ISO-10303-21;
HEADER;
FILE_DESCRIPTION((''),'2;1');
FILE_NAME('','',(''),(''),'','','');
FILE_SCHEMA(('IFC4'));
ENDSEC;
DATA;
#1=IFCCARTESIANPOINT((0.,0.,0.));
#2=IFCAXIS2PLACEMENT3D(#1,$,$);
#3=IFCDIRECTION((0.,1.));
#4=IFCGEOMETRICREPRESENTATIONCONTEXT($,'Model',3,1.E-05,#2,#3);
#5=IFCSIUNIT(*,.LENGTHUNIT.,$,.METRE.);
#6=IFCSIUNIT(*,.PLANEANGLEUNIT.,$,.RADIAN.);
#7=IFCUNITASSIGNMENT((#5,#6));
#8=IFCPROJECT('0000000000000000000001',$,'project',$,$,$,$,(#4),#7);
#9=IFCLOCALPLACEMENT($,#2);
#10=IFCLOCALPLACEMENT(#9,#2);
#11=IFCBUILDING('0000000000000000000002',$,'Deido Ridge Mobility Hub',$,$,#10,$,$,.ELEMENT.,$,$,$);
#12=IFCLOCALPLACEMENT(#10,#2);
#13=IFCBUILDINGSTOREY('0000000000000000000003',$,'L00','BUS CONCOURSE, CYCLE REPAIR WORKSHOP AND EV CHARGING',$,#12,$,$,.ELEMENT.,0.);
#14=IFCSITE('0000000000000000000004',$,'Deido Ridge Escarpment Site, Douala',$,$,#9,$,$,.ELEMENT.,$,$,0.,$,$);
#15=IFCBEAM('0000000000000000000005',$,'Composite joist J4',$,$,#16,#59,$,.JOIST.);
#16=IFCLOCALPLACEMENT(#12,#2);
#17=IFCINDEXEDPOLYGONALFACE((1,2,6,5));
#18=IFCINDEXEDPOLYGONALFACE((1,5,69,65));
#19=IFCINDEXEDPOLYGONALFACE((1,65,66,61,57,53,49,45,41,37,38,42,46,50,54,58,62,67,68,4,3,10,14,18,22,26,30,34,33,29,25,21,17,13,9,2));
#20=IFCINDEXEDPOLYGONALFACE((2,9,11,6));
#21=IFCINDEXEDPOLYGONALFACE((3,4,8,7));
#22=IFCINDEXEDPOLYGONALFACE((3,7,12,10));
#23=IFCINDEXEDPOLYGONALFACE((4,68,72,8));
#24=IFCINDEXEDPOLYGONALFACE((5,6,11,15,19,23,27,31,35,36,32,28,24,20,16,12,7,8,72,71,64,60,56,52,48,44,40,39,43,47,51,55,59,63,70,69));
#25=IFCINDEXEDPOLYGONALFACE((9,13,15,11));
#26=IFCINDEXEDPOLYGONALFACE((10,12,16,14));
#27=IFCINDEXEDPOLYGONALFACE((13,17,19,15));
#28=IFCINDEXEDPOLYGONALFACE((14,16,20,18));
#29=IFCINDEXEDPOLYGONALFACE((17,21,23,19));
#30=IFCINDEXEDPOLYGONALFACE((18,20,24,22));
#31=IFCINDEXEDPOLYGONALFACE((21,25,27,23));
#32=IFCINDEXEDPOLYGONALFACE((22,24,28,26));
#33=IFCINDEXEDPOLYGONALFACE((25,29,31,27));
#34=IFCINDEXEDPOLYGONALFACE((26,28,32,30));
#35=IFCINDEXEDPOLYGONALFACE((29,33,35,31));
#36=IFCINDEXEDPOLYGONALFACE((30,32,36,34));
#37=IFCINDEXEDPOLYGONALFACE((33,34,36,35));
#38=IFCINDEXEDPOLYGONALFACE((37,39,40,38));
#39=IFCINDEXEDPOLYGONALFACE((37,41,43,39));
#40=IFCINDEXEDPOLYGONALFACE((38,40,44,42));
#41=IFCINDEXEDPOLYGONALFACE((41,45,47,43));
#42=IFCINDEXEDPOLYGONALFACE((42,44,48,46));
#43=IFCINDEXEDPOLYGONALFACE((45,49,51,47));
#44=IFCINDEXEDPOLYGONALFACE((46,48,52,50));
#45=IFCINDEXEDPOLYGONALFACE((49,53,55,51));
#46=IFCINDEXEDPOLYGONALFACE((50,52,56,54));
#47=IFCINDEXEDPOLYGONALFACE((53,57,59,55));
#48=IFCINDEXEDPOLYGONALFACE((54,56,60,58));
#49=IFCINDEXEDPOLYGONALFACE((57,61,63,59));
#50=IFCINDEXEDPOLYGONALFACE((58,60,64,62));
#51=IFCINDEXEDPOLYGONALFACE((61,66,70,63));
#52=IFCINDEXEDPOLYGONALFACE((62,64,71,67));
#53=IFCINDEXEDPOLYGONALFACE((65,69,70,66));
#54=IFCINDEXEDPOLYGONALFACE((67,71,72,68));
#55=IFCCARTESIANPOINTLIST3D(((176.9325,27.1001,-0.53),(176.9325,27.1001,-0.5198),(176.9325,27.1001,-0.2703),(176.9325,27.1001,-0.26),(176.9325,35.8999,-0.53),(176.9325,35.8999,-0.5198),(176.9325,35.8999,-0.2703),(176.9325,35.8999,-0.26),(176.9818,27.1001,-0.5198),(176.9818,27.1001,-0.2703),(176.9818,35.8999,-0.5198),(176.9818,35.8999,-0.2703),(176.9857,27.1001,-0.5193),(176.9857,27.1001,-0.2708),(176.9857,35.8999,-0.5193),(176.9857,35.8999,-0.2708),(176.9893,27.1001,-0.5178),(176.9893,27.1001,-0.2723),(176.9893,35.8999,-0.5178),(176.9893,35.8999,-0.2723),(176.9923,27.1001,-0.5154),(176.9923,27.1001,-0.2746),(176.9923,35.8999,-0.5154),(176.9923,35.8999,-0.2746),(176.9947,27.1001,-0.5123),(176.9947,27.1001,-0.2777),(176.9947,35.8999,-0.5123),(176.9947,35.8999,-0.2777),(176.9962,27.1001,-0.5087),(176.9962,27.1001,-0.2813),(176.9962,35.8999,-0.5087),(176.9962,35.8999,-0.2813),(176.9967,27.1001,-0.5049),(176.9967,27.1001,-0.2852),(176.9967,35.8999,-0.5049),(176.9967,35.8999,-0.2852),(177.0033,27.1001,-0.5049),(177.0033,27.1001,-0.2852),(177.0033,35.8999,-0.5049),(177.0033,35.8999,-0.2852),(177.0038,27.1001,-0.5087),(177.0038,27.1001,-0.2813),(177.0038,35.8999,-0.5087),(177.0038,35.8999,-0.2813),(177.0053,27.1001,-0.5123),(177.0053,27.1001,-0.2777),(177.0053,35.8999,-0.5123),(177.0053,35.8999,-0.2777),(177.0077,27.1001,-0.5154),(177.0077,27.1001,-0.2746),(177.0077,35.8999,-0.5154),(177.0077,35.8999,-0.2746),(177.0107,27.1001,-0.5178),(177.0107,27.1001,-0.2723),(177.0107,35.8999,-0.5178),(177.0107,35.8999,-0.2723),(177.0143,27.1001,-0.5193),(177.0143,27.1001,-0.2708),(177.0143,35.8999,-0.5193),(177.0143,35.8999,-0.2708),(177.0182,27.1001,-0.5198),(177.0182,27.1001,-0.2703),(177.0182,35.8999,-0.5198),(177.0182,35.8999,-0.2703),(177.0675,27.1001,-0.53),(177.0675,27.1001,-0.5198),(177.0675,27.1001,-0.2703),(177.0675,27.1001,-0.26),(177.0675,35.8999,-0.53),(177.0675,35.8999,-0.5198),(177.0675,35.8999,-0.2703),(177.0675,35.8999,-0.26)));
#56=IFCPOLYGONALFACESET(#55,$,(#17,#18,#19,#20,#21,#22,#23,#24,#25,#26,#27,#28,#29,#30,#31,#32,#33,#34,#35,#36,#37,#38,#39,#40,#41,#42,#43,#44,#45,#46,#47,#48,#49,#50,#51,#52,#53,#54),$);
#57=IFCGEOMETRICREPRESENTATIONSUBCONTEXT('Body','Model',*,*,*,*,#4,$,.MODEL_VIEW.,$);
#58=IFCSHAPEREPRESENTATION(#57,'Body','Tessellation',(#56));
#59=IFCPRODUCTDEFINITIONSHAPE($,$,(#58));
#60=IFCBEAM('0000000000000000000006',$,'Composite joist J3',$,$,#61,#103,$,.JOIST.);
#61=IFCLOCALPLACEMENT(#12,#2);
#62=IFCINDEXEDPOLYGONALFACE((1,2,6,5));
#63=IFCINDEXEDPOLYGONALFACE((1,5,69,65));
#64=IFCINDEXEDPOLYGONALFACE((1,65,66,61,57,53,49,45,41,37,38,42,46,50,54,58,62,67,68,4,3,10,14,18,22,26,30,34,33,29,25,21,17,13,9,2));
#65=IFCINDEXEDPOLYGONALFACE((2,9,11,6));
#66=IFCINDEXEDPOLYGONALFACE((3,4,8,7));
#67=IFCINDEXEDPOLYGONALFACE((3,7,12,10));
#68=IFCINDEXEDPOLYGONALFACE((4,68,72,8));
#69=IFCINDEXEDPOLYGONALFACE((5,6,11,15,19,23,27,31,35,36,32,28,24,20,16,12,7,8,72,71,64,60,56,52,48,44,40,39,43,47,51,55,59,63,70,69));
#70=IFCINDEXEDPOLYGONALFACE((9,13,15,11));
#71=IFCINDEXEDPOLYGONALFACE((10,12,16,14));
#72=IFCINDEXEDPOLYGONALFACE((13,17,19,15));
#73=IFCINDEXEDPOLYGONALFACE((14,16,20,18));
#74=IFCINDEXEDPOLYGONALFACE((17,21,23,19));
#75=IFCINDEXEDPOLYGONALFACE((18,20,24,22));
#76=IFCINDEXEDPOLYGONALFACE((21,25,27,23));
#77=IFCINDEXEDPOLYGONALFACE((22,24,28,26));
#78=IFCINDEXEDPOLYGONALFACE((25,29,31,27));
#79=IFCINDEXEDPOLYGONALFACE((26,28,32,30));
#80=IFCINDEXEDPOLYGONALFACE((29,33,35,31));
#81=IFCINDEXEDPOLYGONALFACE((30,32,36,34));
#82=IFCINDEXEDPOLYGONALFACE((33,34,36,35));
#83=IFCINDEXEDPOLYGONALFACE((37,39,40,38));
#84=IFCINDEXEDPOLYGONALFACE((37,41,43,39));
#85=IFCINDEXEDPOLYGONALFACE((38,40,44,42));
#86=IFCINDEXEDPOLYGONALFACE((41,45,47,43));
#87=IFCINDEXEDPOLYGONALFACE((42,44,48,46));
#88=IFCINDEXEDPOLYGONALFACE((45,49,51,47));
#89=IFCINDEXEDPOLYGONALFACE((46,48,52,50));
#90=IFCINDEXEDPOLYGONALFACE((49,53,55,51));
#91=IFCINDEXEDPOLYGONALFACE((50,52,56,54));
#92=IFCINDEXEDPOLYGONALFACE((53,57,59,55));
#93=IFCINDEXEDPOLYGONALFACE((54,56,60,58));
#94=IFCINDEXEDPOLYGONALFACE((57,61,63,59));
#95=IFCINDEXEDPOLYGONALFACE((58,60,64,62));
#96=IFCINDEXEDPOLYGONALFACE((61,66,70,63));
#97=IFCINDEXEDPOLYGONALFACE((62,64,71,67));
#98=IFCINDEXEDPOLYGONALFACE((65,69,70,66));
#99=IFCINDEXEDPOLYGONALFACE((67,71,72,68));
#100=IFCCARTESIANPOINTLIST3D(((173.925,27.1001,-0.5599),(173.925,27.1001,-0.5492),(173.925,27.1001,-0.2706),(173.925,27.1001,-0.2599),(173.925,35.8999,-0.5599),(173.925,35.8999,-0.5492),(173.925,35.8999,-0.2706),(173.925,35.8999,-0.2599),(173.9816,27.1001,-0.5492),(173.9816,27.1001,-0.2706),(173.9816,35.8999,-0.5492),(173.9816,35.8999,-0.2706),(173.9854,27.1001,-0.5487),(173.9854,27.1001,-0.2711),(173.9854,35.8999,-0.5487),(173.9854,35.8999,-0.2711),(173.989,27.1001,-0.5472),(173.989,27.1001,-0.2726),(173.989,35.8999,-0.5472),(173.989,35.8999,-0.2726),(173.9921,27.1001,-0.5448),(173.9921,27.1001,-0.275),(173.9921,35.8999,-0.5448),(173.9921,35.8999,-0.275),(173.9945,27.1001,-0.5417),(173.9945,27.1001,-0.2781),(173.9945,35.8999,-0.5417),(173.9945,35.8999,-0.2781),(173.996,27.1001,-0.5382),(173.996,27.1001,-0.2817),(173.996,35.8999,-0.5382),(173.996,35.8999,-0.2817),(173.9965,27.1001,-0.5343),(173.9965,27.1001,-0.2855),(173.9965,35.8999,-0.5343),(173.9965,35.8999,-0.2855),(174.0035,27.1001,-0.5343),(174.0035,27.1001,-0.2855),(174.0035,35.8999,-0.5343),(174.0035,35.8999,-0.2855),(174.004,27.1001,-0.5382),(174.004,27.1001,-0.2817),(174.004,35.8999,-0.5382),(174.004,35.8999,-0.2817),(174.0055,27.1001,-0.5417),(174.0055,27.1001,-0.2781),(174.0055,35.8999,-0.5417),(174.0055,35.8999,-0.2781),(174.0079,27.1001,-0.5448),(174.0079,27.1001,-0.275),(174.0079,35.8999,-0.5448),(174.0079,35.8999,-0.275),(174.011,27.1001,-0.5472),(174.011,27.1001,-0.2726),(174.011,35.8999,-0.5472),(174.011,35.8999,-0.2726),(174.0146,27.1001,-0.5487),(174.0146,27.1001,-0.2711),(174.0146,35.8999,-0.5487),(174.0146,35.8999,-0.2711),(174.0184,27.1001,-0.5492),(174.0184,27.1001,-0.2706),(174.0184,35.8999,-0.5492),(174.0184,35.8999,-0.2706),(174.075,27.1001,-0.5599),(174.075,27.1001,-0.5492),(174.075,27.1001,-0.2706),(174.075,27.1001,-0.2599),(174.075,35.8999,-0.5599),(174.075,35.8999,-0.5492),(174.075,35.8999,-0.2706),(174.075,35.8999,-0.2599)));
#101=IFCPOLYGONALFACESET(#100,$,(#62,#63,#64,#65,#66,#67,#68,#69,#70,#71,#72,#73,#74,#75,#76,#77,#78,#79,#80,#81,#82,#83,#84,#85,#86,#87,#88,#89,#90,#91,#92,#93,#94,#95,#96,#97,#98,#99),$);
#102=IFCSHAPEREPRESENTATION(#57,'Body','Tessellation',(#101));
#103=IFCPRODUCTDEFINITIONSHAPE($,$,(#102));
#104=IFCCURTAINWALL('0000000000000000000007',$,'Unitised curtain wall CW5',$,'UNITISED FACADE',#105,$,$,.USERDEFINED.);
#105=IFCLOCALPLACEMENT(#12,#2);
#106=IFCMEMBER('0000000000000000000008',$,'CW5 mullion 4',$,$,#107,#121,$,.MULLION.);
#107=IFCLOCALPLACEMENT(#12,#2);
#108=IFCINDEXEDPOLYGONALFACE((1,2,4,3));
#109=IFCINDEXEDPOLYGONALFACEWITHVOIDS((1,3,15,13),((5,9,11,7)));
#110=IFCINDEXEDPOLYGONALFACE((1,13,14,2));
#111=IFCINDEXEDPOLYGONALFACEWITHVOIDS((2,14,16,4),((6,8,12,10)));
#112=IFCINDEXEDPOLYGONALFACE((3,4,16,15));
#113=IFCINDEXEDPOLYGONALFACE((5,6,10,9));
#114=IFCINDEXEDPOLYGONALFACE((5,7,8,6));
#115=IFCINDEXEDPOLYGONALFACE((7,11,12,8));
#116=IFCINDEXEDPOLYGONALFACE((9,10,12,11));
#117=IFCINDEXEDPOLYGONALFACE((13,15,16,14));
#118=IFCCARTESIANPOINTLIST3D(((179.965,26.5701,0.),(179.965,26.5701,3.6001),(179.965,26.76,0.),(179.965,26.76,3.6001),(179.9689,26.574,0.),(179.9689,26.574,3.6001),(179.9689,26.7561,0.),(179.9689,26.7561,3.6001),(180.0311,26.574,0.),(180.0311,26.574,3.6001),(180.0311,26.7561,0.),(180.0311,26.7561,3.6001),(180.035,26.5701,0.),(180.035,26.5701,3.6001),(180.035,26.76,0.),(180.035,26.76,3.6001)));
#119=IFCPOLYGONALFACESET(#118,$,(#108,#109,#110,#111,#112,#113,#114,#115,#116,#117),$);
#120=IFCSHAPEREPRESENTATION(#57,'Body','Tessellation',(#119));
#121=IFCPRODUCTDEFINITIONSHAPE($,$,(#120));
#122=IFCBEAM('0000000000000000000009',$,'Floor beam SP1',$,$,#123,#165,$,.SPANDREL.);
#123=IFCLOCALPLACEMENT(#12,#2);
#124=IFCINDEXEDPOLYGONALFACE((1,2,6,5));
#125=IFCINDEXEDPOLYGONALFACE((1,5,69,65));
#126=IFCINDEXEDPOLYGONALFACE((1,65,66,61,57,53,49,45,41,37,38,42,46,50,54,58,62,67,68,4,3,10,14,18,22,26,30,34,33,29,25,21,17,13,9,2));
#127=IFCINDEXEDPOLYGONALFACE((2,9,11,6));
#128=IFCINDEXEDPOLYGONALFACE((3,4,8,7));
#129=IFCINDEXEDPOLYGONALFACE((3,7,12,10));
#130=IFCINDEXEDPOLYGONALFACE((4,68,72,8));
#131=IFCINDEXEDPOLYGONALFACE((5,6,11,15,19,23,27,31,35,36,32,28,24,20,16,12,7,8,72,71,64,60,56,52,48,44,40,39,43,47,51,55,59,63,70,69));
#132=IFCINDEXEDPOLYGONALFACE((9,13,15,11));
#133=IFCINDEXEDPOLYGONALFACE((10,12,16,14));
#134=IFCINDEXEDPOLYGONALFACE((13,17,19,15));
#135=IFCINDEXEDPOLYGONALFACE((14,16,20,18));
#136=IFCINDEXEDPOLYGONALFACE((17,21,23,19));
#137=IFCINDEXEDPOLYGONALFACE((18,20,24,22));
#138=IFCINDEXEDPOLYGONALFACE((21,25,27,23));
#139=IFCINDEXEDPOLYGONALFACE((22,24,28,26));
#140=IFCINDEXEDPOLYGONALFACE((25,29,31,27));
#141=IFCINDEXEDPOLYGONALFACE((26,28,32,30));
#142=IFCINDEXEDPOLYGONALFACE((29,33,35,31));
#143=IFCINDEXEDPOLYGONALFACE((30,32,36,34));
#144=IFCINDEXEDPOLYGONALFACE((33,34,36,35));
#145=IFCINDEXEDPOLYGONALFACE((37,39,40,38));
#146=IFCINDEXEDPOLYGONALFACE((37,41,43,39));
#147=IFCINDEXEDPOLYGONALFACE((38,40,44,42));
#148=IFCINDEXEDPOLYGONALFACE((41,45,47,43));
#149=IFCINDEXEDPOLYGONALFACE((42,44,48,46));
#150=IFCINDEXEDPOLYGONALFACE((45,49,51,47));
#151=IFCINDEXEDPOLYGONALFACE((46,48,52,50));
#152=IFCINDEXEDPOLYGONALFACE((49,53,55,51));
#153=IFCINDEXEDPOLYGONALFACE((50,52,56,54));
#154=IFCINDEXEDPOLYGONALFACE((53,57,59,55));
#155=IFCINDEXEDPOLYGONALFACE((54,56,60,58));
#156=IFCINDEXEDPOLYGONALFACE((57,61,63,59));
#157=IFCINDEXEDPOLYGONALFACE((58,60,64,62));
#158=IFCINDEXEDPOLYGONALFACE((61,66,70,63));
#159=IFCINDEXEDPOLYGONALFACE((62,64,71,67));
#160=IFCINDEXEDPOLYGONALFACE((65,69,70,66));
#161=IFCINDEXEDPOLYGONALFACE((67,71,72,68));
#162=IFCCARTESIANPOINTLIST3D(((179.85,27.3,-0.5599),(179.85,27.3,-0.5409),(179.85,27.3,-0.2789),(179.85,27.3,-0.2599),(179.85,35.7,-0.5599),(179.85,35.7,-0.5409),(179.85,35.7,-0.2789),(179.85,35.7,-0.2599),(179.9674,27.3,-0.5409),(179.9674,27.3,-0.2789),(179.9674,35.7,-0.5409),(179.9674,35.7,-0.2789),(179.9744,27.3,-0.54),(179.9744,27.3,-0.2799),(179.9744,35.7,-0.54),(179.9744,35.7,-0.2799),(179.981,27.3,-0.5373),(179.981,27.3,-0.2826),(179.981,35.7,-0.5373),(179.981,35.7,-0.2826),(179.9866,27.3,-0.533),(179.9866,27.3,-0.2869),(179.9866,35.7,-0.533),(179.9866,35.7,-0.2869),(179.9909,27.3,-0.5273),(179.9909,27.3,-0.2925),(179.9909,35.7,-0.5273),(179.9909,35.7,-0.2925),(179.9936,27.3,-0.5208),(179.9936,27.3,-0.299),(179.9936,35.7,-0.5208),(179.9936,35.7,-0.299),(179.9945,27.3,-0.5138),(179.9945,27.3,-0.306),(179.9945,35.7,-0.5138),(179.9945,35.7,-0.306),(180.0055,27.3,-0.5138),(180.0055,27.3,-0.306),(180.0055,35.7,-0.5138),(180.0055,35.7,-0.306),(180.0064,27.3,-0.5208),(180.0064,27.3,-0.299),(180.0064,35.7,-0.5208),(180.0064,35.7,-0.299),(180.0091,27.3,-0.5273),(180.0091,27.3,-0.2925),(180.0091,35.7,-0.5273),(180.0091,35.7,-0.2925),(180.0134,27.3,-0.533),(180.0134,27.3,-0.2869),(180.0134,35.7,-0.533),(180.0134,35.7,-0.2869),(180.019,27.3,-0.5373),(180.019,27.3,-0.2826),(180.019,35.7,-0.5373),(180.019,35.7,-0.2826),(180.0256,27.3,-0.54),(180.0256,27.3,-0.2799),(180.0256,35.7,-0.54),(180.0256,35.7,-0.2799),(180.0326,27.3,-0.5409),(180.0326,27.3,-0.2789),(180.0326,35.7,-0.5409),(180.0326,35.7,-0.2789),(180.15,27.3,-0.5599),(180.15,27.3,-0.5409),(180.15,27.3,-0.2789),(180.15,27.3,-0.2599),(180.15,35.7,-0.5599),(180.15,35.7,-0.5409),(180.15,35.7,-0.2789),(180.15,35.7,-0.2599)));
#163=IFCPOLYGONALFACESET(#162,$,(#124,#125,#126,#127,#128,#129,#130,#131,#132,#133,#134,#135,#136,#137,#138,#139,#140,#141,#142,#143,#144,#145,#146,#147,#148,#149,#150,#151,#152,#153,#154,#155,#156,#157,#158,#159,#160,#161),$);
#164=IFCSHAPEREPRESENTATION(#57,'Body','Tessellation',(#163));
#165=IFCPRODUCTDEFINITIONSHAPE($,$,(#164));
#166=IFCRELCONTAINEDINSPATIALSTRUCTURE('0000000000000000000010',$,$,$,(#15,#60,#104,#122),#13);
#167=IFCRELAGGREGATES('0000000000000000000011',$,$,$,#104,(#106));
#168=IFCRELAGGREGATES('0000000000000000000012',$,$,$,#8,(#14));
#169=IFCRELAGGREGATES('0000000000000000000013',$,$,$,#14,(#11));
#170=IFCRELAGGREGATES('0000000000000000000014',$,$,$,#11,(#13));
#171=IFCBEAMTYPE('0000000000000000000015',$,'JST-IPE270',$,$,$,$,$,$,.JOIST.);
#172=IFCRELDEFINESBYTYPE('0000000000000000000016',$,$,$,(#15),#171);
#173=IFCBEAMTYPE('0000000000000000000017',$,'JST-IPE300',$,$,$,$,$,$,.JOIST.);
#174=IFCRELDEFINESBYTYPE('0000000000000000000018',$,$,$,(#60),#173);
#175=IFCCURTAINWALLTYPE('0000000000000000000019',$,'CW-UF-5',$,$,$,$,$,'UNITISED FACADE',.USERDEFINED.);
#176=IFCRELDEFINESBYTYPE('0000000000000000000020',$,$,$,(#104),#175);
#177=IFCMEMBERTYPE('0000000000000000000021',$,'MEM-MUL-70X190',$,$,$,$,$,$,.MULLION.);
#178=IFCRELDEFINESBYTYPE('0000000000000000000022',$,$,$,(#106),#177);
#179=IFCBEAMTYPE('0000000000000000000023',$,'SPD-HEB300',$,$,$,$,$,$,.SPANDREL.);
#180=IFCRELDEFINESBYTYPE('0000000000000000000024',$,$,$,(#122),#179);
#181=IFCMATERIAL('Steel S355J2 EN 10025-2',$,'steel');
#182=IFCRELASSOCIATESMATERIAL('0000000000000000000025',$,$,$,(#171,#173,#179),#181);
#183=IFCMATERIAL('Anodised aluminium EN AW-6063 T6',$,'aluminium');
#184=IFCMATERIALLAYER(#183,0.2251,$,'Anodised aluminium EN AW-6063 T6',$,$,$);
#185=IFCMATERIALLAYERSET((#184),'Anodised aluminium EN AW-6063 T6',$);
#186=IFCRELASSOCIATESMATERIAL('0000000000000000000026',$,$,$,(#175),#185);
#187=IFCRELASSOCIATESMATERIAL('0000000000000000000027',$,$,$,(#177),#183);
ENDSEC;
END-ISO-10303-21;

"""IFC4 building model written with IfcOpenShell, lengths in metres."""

from ifc_helpers import new_model, si_unit, direction, frame, origin, origin_2d, place, context, subcontext, project, spatial, hollow_rectangle, i_section, extrude, material, layer, layer_set, material_profile, profile_set, type_object, element, aggregate, save


model = new_model("IFC4")

# Units and contexts
model_context = context("Model", 3, precision=1e-05, world=origin(), true_north=direction((0.0, 1.0)))
body_context = subcontext(model_context, "Body", "Model", "MODEL_VIEW")
ifc_project = project(units=[si_unit("LENGTHUNIT", "METRE"), si_unit("PLANEANGLEUNIT", "RADIAN")], contexts=[model_context])

# Site, building, storey
site_placement = place(None, origin())
site = spatial("IfcSite", under=ifc_project, at=site_placement, Name="Deido Ridge Escarpment Site, Douala", CompositionType="ELEMENT", RefElevation=0.0)
building_placement = place(site_placement, origin())
building = spatial("IfcBuilding", under=site, at=building_placement, Name="Deido Ridge Mobility Hub", CompositionType="ELEMENT")
storey_placement = place(building_placement, origin())
storey = spatial("IfcBuildingStorey", under=building, at=storey_placement, Name="L00", Description="BUS CONCOURSE, CYCLE REPAIR WORKSHOP AND EV CHARGING", CompositionType="ELEMENT", Elevation=0.0)

# Shared definitions
ifc_material_1 = material(Name="Steel S355J2 EN 10025-2", Category="steel")

# Beams
ifc_material_profile_1 = material_profile(ifc_material_1, i_section(OverallWidth=0.135, OverallDepth=0.27, WebThickness=0.0066, FlangeThickness=0.0103, FilletRadius=0.0149, at=origin_2d()), Name="IPE 270")
ifc_profile_set_1 = profile_set([ifc_material_profile_1], Name="Steel S355J2 EN 10025-2")
beam_type_1 = type_object("IfcBeamType", Name="JST-IPE270", PredefinedType="JOIST", material=ifc_profile_set_1)
beam_1_placement = place(storey_placement, frame((177.0, 27.1001, -0.395), z_axis=(0.0, 1.0, 0.0), x_axis=(-1.0, 0.0, 0.0)))
element("IfcBeam", 1, at=beam_1_placement, inside=storey, type_object=beam_type_1, Name="Composite joist J4", PredefinedType="JOIST", context=body_context, shape_type="SweptSolid", body=[
    extrude(i_section(OverallWidth=0.135, OverallDepth=0.27, WebThickness=0.0066, FlangeThickness=0.0103, FilletRadius=0.0149, at=origin_2d()), origin(), (0.0, 0.0, 1.0), 8.7998),
])
ifc_material_profile_2 = material_profile(ifc_material_1, i_section(OverallWidth=0.1499, OverallDepth=0.3, WebThickness=0.0071, FlangeThickness=0.0107, FilletRadius=0.0149, at=origin_2d()), Name="IPE 300")
ifc_profile_set_2 = profile_set([ifc_material_profile_2], Name="Steel S355J2 EN 10025-2")
beam_type_2 = type_object("IfcBeamType", Name="JST-IPE300", PredefinedType="JOIST", material=ifc_profile_set_2)
beam_2_placement = place(storey_placement, frame((174.0, 27.1001, -0.4099), z_axis=(0.0, 1.0, 0.0), x_axis=(-1.0, 0.0, 0.0)))
element("IfcBeam", 2, at=beam_2_placement, inside=storey, type_object=beam_type_2, Name="Composite joist J3", PredefinedType="JOIST", context=body_context, shape_type="SweptSolid", body=[
    extrude(i_section(OverallWidth=0.1499, OverallDepth=0.3, WebThickness=0.0071, FlangeThickness=0.0107, FilletRadius=0.0149, at=origin_2d()), origin(), (0.0, 0.0, 1.0), 8.7998),
])

# Curtain wall, member
ifc_material_2 = material(Name="Anodised aluminium EN AW-6063 T6", Category="aluminium")
ifc_layer_1 = layer(ifc_material_2, 0.2251, Name="Anodised aluminium EN AW-6063 T6")
ifc_layer_set_1 = layer_set([ifc_layer_1], Name="Anodised aluminium EN AW-6063 T6")
curtain_wall_type = type_object("IfcCurtainWallType", Name="CW-UF-5", ElementType="UNITISED FACADE", PredefinedType="USERDEFINED", material=ifc_layer_set_1)
curtain_wall_placement = place(storey_placement, origin())
curtain_wall = element("IfcCurtainWall", 3, at=curtain_wall_placement, inside=storey, type_object=curtain_wall_type, Name="Unitised curtain wall CW5", ObjectType="UNITISED FACADE", PredefinedType="USERDEFINED")
ifc_material_profile_3 = material_profile(ifc_material_2, hollow_rectangle(XDim=0.0701, YDim=0.1899, WallThickness=0.0039, at=origin_2d()), Name="RHS 70x190x4")
ifc_profile_set_3 = profile_set([ifc_material_profile_3], Name="Anodised aluminium EN AW-6063 T6")
member_type = type_object("IfcMemberType", Name="MEM-MUL-70X190", PredefinedType="MULLION", material=ifc_profile_set_3)
member_placement = place(storey_placement, frame((180.0, 26.665, 0.0), z_axis=(0.0, 0.0, 1.0), x_axis=(-1.0, 0.0, 0.0)))
member = element("IfcMember", 4, at=member_placement, type_object=member_type, Name="CW5 mullion 4", PredefinedType="MULLION", context=body_context, shape_type="SweptSolid", body=[
    extrude(hollow_rectangle(XDim=0.0701, YDim=0.1899, WallThickness=0.0039, at=origin_2d()), origin(), (0.0, 0.0, 1.0), 3.6001),
])

# Beam
ifc_material_profile_4 = material_profile(ifc_material_1, i_section(OverallWidth=0.3, OverallDepth=0.3, WebThickness=0.011, FlangeThickness=0.019, FilletRadius=0.0271, at=origin_2d()), Name="HEB 300")
ifc_profile_set_4 = profile_set([ifc_material_profile_4], Name="Steel S355J2 EN 10025-2")
beam_type_3 = type_object("IfcBeamType", Name="SPD-HEB300", PredefinedType="SPANDREL", material=ifc_profile_set_4)
for number, where, z_axis, x_axis, name in (
    (5, (180.0, 27.3, -0.4099), (0.0, 1.0, 0.0), (-1.0, 0.0, 0.0), "Floor beam SP1"),
):
    element("IfcBeam", number, at=place(storey_placement, frame(where, z_axis=z_axis, x_axis=x_axis)), inside=storey, type_object=beam_type_3, Name=name, PredefinedType="SPANDREL", context=body_context, shape_type="SweptSolid", body=[
        extrude(i_section(OverallWidth=0.3, OverallDepth=0.3, WebThickness=0.011, FlangeThickness=0.019, FilletRadius=0.0271, at=origin_2d()), origin(), (0.0, 0.0, 1.0), 8.3999),
    ])

aggregate(curtain_wall, [member])

save(model, "model.ifc")
